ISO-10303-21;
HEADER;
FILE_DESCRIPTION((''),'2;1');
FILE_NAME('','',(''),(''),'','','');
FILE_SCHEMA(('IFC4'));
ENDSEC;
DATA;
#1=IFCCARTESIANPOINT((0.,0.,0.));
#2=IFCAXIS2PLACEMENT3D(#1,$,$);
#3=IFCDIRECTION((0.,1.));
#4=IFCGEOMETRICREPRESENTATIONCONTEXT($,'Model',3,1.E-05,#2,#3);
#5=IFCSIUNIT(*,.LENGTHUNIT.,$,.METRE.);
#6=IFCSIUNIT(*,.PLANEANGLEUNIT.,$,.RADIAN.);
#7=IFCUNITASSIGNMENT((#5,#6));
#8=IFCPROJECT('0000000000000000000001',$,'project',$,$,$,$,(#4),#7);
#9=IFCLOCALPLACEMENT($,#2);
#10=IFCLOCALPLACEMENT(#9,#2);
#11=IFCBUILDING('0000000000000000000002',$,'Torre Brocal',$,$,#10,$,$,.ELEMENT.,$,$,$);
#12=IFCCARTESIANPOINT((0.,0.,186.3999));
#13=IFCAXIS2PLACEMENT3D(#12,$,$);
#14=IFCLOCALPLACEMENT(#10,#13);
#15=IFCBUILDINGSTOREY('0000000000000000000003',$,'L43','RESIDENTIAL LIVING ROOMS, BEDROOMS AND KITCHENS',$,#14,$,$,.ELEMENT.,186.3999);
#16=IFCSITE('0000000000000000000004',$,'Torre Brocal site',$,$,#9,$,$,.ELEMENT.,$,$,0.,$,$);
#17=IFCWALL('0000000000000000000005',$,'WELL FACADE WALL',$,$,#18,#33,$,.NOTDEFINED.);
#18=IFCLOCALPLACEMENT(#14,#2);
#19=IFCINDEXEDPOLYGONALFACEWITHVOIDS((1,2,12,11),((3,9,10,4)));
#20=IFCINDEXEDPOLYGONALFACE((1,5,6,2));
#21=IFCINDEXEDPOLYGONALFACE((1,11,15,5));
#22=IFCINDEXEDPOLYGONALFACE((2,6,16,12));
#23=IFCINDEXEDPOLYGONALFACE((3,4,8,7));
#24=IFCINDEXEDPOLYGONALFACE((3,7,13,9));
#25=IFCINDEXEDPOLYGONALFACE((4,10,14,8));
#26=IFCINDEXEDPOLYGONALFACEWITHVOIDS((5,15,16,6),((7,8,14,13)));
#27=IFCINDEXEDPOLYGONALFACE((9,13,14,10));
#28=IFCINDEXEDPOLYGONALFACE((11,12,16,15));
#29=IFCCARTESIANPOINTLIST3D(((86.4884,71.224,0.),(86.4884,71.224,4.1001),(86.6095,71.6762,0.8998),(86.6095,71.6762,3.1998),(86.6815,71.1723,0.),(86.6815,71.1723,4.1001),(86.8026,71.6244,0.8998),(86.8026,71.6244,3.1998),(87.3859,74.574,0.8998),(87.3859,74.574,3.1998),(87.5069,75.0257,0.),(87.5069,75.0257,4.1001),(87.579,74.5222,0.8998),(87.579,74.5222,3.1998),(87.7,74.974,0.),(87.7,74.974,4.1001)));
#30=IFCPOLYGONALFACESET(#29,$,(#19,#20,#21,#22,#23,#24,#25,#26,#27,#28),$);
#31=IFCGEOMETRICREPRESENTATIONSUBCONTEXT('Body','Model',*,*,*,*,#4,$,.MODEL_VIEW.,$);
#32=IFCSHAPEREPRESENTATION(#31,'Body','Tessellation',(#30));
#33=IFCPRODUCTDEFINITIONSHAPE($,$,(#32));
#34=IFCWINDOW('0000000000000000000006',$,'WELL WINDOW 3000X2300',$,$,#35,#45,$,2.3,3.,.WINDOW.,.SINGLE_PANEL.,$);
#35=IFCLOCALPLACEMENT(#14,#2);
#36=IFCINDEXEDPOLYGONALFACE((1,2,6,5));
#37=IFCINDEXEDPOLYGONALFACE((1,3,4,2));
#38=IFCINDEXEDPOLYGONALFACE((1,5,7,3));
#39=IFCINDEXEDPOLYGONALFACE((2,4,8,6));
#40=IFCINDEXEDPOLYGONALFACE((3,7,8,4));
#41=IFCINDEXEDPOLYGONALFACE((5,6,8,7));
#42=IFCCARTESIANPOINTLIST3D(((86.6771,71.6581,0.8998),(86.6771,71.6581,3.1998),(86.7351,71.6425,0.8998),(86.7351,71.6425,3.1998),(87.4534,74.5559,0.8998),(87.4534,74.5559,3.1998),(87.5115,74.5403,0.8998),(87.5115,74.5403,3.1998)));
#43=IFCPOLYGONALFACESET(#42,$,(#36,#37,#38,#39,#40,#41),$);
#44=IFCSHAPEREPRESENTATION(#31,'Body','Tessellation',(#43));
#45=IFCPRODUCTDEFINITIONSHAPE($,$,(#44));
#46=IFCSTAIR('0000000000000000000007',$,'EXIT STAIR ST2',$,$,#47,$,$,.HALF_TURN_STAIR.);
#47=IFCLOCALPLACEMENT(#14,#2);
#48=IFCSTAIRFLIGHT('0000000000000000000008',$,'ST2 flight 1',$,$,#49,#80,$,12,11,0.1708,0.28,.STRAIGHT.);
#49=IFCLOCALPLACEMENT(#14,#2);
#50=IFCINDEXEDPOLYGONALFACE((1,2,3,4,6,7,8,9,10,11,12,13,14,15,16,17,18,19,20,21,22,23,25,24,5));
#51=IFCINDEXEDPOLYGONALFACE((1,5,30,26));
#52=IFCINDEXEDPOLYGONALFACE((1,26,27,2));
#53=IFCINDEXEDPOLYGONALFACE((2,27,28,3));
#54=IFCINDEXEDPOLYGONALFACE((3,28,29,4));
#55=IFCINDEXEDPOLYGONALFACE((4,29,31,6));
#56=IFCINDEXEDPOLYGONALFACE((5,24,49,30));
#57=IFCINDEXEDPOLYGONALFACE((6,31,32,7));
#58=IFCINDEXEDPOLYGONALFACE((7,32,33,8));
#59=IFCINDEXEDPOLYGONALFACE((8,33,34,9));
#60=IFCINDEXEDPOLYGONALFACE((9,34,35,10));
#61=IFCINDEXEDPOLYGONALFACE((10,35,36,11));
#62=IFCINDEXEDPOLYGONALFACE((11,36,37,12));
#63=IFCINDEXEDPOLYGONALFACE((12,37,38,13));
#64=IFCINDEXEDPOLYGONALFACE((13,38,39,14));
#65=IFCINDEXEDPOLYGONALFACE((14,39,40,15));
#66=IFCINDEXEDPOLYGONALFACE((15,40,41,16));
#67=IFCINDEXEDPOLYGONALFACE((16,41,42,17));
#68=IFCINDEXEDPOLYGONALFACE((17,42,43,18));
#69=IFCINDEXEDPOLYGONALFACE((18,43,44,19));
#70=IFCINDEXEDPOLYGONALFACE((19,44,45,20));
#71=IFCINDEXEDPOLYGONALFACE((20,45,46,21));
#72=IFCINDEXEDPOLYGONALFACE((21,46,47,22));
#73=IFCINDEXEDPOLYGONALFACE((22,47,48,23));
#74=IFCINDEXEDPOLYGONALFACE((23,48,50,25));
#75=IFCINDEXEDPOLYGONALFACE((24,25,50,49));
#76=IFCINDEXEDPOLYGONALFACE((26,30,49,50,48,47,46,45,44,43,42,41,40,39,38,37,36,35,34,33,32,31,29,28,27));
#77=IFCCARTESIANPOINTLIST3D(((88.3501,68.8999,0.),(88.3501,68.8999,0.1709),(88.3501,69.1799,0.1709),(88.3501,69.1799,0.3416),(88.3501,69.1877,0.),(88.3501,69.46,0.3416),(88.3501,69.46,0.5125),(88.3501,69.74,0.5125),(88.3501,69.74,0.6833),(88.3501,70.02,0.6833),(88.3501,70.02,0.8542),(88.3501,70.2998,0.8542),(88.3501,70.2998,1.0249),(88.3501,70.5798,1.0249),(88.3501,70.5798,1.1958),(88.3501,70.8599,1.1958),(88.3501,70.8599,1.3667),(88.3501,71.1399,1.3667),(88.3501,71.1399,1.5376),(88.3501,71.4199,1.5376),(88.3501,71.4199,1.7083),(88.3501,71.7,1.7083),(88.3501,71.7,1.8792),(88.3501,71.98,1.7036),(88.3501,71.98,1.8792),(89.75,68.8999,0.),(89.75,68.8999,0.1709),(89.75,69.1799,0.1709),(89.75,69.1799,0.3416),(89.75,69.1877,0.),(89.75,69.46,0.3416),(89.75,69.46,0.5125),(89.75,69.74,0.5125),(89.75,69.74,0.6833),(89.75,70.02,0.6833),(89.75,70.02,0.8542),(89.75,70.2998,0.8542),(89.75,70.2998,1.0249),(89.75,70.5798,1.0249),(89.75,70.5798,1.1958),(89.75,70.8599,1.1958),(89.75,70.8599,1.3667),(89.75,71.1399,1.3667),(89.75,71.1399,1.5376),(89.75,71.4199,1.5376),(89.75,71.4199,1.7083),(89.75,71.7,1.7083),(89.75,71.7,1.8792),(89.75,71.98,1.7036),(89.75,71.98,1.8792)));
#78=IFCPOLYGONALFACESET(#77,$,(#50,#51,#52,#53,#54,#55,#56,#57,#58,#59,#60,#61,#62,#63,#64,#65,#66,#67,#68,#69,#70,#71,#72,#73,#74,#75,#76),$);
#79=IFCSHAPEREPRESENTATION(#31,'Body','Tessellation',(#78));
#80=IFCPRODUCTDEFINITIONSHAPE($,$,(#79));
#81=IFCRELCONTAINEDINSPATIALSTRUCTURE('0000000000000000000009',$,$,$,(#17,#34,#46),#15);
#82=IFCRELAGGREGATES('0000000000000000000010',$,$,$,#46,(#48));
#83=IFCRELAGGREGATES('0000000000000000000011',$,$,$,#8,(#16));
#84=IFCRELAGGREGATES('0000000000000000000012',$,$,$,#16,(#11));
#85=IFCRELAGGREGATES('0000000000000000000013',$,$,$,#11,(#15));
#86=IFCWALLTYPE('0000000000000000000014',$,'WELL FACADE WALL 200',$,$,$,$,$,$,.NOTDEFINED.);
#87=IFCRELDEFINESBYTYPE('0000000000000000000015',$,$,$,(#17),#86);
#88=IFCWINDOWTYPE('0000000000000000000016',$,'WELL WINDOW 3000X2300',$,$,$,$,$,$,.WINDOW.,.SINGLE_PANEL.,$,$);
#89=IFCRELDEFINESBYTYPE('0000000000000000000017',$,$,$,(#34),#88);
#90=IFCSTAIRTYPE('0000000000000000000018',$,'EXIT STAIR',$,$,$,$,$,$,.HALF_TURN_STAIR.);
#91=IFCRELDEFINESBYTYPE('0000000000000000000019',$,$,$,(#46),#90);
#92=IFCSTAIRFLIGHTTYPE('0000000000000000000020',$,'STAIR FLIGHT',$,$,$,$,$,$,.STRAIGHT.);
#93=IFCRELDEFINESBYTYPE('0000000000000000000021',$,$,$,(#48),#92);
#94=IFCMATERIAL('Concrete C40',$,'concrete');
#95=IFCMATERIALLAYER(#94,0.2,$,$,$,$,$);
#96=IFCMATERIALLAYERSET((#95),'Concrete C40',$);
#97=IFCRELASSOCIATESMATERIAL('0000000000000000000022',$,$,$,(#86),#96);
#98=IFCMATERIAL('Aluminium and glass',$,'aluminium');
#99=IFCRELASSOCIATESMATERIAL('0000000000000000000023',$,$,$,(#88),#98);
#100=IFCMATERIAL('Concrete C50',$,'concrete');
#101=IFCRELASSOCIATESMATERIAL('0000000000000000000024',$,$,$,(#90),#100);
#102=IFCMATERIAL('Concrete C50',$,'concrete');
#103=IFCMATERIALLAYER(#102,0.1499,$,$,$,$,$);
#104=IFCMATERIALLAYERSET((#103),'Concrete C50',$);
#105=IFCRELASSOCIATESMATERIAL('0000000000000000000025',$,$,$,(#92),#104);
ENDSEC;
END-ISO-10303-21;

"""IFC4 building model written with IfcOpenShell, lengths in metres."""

from ifc_helpers import new_model, si_unit, direction, frame, frame_2d, origin, place, context, subcontext, project, spatial, polyline, rectangle, outline, extrude, material, layer, layer_set, type_object, element, fill, aggregate, save


model = new_model("IFC4")

# Units and contexts
model_context = context("Model", 3, precision=1e-05, world=origin(), true_north=direction((0.0, 1.0)))
body_context = subcontext(model_context, "Body", "Model", "MODEL_VIEW")
ifc_project = project(units=[si_unit("LENGTHUNIT", "METRE"), si_unit("PLANEANGLEUNIT", "RADIAN")], contexts=[model_context])

# Site, building, storey
site_placement = place(None, origin())
site = spatial("IfcSite", under=ifc_project, at=site_placement, Name="Torre Brocal site", CompositionType="ELEMENT", RefElevation=0.0)
building_placement = place(site_placement, origin())
building = spatial("IfcBuilding", under=site, at=building_placement, Name="Torre Brocal", CompositionType="ELEMENT")
storey_placement = place(building_placement, frame((0.0, 0.0, 186.3999)))
storey = spatial("IfcBuildingStorey", under=building, at=storey_placement, Name="L43", Description="RESIDENTIAL LIVING ROOMS, BEDROOMS AND KITCHENS", CompositionType="ELEMENT", Elevation=186.3999)

# Wall, opening, window
ifc_material_1 = material(Name="Concrete C40", Category="concrete")
ifc_layer_1 = layer(ifc_material_1, 0.2)
ifc_layer_set_1 = layer_set([ifc_layer_1], Name="Concrete C40")
wall_type_1 = type_object("IfcWallType", Name="WELL FACADE WALL 200", PredefinedType="NOTDEFINED", material=ifc_layer_set_1)
ifc_material_2 = material(Name="Aluminium and glass", Category="aluminium")
window_type = type_object("IfcWindowType", Name="WELL WINDOW 3000X2300", PartitioningType="SINGLE_PANEL", PredefinedType="WINDOW", material=ifc_material_2)
wall_1_placement = place(storey_placement, frame((86.585, 71.1982, 0.0), z_axis=(0.0, 0.0, 1.0), x_axis=(0.25879, 0.965934, 0.0)))
wall_1 = element("IfcWall", 1, at=wall_1_placement, inside=storey, type_object=wall_type_1, Name="WELL FACADE WALL", PredefinedType="NOTDEFINED", context=body_context, shape_type="SweptSolid", body=[
    extrude(rectangle(XDim=3.9358, YDim=0.2, at=frame_2d((1.9678, 0.0))), origin(), (0.0, 0.0, 1.0), 4.1001),
])
opening_1_placement = place(wall_1_placement, frame((0.468, 0.0, 0.8999)))
opening_1 = element("IfcOpeningElement", 2, at=opening_1_placement, cuts=wall_1, PredefinedType="OPENING", context=body_context, shape_type="SweptSolid", body=[
    extrude(rectangle(XDim=3.0, YDim=2.3, at=frame_2d((1.5, 1.1499))), frame((0.0, 0.1099, 0.0), z_axis=(0.0, -1.0, 0.0), x_axis=(1.0, 0.0, 0.0)), (0.0, 0.0, 1.0), 0.22),
])
window_1_placement = place(opening_1_placement, origin())
window_1 = element("IfcWindow", 3, at=window_1_placement, inside=storey, type_object=window_type, Name="WELL WINDOW 3000X2300", OverallHeight=2.3, OverallWidth=3.0, PartitioningType="SINGLE_PANEL", PredefinedType="WINDOW", context=body_context, shape_type="SweptSolid", body=[
    extrude(rectangle(XDim=3.0, YDim=2.3, at=frame_2d((1.5, 1.1499))), frame((0.0, 0.03, 0.0), z_axis=(0.0, -1.0, 0.0), x_axis=(1.0, 0.0, 0.0)), (0.0, 0.0, 1.0), 0.0601),
])
fill(opening_1, window_1)

# Stair, stair flight
ifc_material_3 = material(Name="Concrete C50", Category="concrete")
stair_type = type_object("IfcStairType", Name="EXIT STAIR", PredefinedType="HALF_TURN_STAIR", material=ifc_material_3)
stair_placement = place(storey_placement, origin())
stair = element("IfcStair", 4, at=stair_placement, inside=storey, type_object=stair_type, Name="EXIT STAIR ST2", PredefinedType="HALF_TURN_STAIR")
ifc_material_4 = material(Name="Concrete C50", Category="concrete")
ifc_layer_2 = layer(ifc_material_4, 0.1499)
ifc_layer_set_2 = layer_set([ifc_layer_2], Name="Concrete C50")
stair_flight_type = type_object("IfcStairFlightType", Name="STAIR FLIGHT", PredefinedType="STRAIGHT", material=ifc_layer_set_2)
stair_flight_placement = place(storey_placement, frame((89.05, 68.8999, 0.0), z_axis=(0.0, 0.0, 1.0), x_axis=(0.0, 1.0, 0.0)))
stair_flight = element("IfcStairFlight", 5, at=stair_flight_placement, type_object=stair_flight_type, Name="ST2 flight 1", NumberOfRisers=12, NumberOfTreads=11, PredefinedType="STRAIGHT", RiserHeight=0.1708, TreadLength=0.28, context=body_context, shape_type="SweptSolid", body=[
    extrude(outline(polyline([(0.0, 0.0), (0.0, 0.1709), (0.28, 0.1709), (0.28, 0.3416), (0.5601, 0.3416), (0.5601, 0.5125), (0.8401, 0.5125), (0.8401, 0.6833), (1.1201, 0.6833), (1.1201, 0.8542), (1.3999, 0.8542), (1.3999, 1.0249), (1.6799, 1.0249), (1.6799, 1.1958), (1.96, 1.1958), (1.96, 1.3667), (2.24, 1.3667), (2.24, 1.5376), (2.52, 1.5376), (2.52, 1.7083), (2.8, 1.7083), (2.8, 1.8792), (3.0801, 1.8792), (3.0801, 2.05), (3.0801, 1.7036), (0.2878, 0.0), (0.0, 0.0)])), frame((0.0, 0.7, 0.0), z_axis=(0.0, -1.0, 0.0), x_axis=(1.0, 0.0, 0.0)), (0.0, 0.0, 1.0), 1.3999),
])
aggregate(stair, [stair_flight])

save(model, "model.ifc")
